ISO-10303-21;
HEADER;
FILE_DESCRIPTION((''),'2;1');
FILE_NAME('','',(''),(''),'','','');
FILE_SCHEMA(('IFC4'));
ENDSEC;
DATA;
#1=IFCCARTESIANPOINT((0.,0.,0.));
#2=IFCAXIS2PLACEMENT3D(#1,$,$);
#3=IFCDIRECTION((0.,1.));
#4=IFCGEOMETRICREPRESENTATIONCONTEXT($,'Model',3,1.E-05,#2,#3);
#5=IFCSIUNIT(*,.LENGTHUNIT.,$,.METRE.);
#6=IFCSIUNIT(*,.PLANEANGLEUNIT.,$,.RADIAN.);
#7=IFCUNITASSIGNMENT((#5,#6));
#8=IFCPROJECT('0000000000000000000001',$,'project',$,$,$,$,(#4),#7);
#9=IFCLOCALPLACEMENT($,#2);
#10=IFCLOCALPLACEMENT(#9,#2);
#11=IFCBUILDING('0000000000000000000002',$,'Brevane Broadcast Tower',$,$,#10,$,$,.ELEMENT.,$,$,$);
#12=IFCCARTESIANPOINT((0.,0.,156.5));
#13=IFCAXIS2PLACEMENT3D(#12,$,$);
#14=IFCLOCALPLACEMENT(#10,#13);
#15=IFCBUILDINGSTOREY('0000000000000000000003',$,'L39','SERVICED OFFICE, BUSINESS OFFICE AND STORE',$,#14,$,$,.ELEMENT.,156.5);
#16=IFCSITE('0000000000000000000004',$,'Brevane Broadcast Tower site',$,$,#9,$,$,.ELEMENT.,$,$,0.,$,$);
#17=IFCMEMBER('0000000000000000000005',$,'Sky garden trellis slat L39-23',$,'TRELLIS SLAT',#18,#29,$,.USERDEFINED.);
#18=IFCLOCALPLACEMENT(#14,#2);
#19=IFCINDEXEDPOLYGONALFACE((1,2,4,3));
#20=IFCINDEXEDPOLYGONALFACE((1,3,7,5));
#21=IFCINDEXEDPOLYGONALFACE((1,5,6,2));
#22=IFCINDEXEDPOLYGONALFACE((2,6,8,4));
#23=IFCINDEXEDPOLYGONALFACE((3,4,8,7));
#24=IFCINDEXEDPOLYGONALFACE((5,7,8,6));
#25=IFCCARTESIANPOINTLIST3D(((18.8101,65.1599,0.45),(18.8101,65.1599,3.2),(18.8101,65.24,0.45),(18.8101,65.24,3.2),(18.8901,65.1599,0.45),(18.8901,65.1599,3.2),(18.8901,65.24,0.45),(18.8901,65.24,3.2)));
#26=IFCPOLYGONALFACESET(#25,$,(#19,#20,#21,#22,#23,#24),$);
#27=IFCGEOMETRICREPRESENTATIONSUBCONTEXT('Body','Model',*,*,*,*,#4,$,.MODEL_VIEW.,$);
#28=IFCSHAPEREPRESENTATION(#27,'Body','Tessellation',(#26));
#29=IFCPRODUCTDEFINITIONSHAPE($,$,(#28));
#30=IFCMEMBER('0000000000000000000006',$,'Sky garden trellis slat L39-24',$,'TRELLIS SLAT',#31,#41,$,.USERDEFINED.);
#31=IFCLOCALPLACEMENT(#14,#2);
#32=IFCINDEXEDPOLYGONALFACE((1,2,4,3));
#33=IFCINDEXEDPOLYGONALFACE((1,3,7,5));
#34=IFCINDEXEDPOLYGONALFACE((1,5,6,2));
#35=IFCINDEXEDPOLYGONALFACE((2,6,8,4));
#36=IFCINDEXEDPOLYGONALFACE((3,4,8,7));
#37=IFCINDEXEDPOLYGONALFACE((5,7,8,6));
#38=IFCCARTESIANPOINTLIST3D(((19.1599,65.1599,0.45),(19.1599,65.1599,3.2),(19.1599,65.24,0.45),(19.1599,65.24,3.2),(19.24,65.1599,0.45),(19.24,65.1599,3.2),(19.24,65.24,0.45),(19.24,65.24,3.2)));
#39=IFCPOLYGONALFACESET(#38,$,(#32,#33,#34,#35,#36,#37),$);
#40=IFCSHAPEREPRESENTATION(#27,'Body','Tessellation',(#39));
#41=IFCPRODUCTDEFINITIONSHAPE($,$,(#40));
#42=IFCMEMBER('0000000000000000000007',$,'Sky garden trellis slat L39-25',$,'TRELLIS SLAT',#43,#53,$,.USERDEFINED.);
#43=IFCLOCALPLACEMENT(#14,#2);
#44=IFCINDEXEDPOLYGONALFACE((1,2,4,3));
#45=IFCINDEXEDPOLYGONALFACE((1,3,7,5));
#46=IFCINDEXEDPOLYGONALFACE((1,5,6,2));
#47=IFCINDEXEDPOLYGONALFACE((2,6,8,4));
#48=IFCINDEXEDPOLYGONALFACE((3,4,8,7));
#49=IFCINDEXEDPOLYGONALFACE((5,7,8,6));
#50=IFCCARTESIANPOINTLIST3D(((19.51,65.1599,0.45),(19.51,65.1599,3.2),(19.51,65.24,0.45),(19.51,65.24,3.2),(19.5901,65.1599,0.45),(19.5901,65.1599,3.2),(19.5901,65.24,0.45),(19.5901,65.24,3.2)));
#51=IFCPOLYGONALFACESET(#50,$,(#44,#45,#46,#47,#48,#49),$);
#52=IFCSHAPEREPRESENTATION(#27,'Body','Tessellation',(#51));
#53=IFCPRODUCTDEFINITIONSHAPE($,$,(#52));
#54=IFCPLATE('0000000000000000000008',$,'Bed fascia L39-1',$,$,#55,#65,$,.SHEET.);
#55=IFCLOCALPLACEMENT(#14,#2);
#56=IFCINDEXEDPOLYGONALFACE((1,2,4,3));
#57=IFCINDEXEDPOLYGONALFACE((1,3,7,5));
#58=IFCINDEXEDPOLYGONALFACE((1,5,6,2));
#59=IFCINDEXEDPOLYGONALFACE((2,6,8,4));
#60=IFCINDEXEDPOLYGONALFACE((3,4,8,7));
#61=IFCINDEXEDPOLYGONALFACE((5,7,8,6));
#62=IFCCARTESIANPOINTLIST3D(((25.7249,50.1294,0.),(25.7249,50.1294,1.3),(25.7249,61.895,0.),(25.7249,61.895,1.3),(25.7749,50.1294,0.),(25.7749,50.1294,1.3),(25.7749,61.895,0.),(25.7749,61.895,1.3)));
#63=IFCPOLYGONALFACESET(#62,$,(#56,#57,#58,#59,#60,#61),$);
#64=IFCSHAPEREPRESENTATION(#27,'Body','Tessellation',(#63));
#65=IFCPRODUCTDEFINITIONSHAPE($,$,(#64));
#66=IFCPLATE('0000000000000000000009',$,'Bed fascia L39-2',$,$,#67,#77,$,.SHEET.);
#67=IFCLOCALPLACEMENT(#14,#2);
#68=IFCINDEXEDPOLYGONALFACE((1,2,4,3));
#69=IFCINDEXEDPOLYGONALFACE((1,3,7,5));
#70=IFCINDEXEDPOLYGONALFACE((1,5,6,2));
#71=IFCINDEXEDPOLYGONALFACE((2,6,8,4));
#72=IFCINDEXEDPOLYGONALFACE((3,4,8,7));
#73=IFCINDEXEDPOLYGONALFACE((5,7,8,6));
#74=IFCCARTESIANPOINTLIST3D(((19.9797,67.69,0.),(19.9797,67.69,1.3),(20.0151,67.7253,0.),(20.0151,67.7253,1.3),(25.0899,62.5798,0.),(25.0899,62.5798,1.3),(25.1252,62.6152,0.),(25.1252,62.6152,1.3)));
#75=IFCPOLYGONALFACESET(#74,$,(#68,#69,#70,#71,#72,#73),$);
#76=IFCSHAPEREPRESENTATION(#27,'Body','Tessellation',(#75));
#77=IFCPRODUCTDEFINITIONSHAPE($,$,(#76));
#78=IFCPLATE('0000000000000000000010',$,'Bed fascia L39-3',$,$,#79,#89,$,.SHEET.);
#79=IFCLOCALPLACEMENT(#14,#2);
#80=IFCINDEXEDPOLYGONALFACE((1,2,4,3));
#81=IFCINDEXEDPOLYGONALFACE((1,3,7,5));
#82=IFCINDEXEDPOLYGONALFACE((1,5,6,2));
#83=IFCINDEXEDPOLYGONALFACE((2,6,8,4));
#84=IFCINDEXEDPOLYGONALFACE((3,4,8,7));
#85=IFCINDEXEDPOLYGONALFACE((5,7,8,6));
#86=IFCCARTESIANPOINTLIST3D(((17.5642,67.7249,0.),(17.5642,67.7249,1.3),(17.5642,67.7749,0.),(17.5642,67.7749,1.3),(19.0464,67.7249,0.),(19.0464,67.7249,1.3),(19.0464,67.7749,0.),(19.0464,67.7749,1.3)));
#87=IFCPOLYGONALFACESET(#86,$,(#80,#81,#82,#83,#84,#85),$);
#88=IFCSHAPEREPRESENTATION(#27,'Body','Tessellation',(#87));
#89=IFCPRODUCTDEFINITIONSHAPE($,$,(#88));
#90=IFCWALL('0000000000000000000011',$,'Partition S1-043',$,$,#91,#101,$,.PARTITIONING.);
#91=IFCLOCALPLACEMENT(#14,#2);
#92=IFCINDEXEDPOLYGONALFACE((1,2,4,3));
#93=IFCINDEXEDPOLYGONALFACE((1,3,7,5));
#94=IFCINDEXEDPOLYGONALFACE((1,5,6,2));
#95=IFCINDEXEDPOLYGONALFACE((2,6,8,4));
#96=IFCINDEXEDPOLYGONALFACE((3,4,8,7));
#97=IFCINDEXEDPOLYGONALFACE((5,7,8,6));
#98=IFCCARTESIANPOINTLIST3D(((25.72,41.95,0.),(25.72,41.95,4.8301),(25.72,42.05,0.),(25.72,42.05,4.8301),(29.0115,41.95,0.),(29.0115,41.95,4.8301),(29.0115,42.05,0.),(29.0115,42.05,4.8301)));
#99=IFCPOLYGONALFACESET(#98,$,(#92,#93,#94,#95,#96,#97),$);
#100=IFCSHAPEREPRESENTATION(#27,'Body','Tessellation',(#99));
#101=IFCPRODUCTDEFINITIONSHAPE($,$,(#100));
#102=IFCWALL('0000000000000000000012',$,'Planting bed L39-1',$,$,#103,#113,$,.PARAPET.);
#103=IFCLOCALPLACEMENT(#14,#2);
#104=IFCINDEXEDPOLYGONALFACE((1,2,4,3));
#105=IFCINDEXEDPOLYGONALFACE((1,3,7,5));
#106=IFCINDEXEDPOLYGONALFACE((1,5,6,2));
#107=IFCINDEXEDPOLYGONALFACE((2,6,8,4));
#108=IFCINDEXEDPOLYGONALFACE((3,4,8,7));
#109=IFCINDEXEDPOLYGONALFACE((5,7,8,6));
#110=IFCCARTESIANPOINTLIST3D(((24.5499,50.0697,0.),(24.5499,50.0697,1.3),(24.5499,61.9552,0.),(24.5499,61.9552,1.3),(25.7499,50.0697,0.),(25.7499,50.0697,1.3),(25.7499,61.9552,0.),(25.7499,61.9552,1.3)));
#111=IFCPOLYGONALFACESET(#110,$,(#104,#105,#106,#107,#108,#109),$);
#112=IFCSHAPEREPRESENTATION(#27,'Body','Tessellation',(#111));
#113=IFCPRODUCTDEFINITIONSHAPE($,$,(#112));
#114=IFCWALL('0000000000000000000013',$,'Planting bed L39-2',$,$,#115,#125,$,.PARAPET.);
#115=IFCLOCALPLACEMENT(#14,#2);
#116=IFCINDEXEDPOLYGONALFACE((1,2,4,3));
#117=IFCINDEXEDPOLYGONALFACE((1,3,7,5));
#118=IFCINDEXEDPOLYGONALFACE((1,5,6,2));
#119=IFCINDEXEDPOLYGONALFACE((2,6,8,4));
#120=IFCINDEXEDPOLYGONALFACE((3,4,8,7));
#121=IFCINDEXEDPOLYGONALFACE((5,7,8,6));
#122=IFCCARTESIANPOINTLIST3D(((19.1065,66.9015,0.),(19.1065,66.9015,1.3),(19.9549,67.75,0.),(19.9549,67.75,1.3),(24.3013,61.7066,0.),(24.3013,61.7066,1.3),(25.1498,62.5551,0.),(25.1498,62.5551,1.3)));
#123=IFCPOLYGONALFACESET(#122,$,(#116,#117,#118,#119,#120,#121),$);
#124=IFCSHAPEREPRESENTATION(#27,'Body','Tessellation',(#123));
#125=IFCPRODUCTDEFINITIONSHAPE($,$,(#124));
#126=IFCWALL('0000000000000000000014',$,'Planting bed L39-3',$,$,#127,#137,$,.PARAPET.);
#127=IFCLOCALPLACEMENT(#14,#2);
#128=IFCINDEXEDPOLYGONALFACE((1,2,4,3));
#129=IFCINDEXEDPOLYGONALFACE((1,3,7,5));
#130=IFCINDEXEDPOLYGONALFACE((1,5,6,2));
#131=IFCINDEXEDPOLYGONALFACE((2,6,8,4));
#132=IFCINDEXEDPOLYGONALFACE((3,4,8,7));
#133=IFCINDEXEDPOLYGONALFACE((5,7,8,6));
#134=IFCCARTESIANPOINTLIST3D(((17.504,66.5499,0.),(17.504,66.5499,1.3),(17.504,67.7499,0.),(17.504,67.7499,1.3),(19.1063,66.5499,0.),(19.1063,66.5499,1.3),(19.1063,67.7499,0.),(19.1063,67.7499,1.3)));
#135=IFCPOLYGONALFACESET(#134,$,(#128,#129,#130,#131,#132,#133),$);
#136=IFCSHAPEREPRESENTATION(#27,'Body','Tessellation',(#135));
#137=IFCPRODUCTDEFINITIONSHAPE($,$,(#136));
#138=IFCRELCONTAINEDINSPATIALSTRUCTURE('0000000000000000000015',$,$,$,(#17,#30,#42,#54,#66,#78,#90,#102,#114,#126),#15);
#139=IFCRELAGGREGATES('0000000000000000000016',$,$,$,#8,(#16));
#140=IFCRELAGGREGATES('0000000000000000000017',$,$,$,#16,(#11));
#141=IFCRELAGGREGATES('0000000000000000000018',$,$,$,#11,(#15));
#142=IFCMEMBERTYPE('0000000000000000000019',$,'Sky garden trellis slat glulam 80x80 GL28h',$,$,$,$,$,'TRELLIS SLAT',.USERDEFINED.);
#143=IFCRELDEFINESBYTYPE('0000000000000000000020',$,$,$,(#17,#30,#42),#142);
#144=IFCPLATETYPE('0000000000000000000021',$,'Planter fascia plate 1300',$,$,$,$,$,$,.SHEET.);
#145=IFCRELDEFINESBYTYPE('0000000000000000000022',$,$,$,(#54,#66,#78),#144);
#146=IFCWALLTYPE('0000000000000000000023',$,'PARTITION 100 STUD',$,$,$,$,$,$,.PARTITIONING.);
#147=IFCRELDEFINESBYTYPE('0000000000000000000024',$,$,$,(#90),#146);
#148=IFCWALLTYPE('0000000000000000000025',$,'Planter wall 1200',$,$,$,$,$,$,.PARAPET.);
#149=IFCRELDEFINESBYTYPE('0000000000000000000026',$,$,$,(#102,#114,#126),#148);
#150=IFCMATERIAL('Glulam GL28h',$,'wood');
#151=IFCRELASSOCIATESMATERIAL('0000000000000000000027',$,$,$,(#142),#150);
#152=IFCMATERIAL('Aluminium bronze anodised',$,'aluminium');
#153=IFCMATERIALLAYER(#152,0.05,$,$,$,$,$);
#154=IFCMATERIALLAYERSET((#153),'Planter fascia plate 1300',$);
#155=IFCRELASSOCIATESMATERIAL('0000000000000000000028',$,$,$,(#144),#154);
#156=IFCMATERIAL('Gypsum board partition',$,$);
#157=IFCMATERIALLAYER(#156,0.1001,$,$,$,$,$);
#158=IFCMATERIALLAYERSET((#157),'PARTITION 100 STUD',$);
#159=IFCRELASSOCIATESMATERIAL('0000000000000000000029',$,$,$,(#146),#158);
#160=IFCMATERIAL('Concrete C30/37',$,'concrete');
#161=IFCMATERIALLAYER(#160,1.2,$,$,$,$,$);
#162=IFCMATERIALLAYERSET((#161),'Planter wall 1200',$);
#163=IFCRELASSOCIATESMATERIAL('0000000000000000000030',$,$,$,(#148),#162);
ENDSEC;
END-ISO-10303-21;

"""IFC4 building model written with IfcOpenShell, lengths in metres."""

from ifc_helpers import new_model, si_unit, direction, frame, frame_2d, origin, origin_2d, place, context, subcontext, project, spatial, polyline, rectangle, outline, extrude, material, layer, layer_set, material_profile, profile_set, type_object, element, save


model = new_model("IFC4")

# Units and contexts
model_context = context("Model", 3, precision=1e-05, world=origin(), true_north=direction((0.0, 1.0)))
body_context = subcontext(model_context, "Body", "Model", "MODEL_VIEW")
ifc_project = project(units=[si_unit("LENGTHUNIT", "METRE"), si_unit("PLANEANGLEUNIT", "RADIAN")], contexts=[model_context])

# Site, building, storey
site_placement = place(None, origin())
site = spatial("IfcSite", under=ifc_project, at=site_placement, Name="Brevane Broadcast Tower site", CompositionType="ELEMENT", RefElevation=0.0)
building_placement = place(site_placement, origin())
building = spatial("IfcBuilding", under=site, at=building_placement, Name="Brevane Broadcast Tower", CompositionType="ELEMENT")
storey_placement = place(building_placement, frame((0.0, 0.0, 156.5)))
storey = spatial("IfcBuildingStorey", under=building, at=storey_placement, Name="L39", Description="SERVICED OFFICE, BUSINESS OFFICE AND STORE", CompositionType="ELEMENT", Elevation=156.5)

# Members
ifc_material_1 = material(Name="Glulam GL28h", Category="wood")
ifc_material_profile_1 = material_profile(ifc_material_1, rectangle(XDim=0.0801, YDim=0.0801, at=origin_2d()), Name="RECT 80x80")
ifc_profile_set_1 = profile_set([ifc_material_profile_1], Name="Glulam GL28h")
member_type_1 = type_object("IfcMemberType", Name="Sky garden trellis slat glulam 80x80 GL28h", ElementType="TRELLIS SLAT", PredefinedType="USERDEFINED", material=ifc_profile_set_1)
for number, where, z_axis, x_axis, name in (
    (1, (18.8501, 65.2, 0.45), (0.0, 0.0, 1.0), (1.0, 0.0, 0.0), "Sky garden trellis slat L39-23"),
    (2, (19.2, 65.2, 0.45), (0.0, 0.0, 1.0), (1.0, 0.0, 0.0), "Sky garden trellis slat L39-24"),
    (3, (19.55, 65.2, 0.45), (0.0, 0.0, 1.0), (1.0, 0.0, 0.0), "Sky garden trellis slat L39-25"),
):
    element("IfcMember", number, at=place(storey_placement, frame(where, z_axis=z_axis, x_axis=x_axis)), inside=storey, type_object=member_type_1, Name=name, ObjectType="TRELLIS SLAT", PredefinedType="USERDEFINED", context=body_context, shape_type="SweptSolid", body=[
        extrude(rectangle(XDim=0.0801, YDim=0.0801, at=origin_2d()), origin(), (0.0, 0.0, 1.0), 2.75),
    ])

# Plates
ifc_material_2 = material(Name="Aluminium bronze anodised", Category="aluminium")
ifc_layer_1 = layer(ifc_material_2, 0.05)
ifc_layer_set_1 = layer_set([ifc_layer_1], Name="Planter fascia plate 1300")
plate_type = type_object("IfcPlateType", Name="Planter fascia plate 1300", PredefinedType="SHEET", material=ifc_layer_set_1)
plate_1_placement = place(storey_placement, frame((25.7749, 50.1294, 0.0), z_axis=(1.0, 0.0, 0.0), x_axis=(0.0, 1.0, 0.0)))
element("IfcPlate", 4, at=plate_1_placement, inside=storey, type_object=plate_type, Name="Bed fascia L39-1", PredefinedType="SHEET", context=body_context, shape_type="SweptSolid", body=[
    extrude(outline(polyline([(0.0, 0.0), (11.7656, 0.0), (11.7656, 1.3), (0.0, 1.3), (0.0, 0.0)])), origin(), (0.0, 0.0, -1.0), 0.05),
])
plate_2_placement = place(storey_placement, frame((25.1252, 62.6152, 0.0), z_axis=(0.707107, 0.707107, 0.0), x_axis=(-0.707107, 0.707107, 0.0)))
element("IfcPlate", 5, at=plate_2_placement, inside=storey, type_object=plate_type, Name="Bed fascia L39-2", PredefinedType="SHEET", context=body_context, shape_type="SweptSolid", body=[
    extrude(outline(polyline([(0.0, 0.0), (7.2268, 0.0), (7.2268, 1.3), (0.0, 1.3), (0.0, 0.0)])), origin(), (0.0, 0.0, -1.0), 0.05),
])
plate_3_placement = place(storey_placement, frame((19.0464, 67.7749, 0.0), z_axis=(0.0, 1.0, 0.0), x_axis=(-1.0, 0.0, 0.0)))
element("IfcPlate", 6, at=plate_3_placement, inside=storey, type_object=plate_type, Name="Bed fascia L39-3", PredefinedType="SHEET", context=body_context, shape_type="SweptSolid", body=[
    extrude(outline(polyline([(0.0, 0.0), (1.4822, 0.0), (1.4822, 1.3), (0.0, 1.3), (0.0, 0.0)])), origin(), (0.0, 0.0, -1.0), 0.05),
])

# Walls
ifc_material_3 = material(Name="Gypsum board partition")
ifc_layer_2 = layer(ifc_material_3, 0.1001)
ifc_layer_set_2 = layer_set([ifc_layer_2], Name="PARTITION 100 STUD")
wall_type_1 = type_object("IfcWallType", Name="PARTITION 100 STUD", PredefinedType="PARTITIONING", material=ifc_layer_set_2)
wall_1_placement = place(storey_placement, frame((29.0115, 42.0, 0.0), z_axis=(0.0, 0.0, 1.0), x_axis=(-1.0, 0.0, 0.0)))
element("IfcWall", 7, at=wall_1_placement, inside=storey, type_object=wall_type_1, Name="Partition S1-043", PredefinedType="PARTITIONING", context=body_context, shape_type="SweptSolid", body=[
    extrude(rectangle(XDim=3.2915, YDim=0.1001, at=frame_2d((1.6458, 0.0))), origin(), (0.0, 0.0, 1.0), 4.8301),
])
ifc_material_4 = material(Name="Concrete C30/37", Category="concrete")
ifc_layer_3 = layer(ifc_material_4, 1.2)
ifc_layer_set_3 = layer_set([ifc_layer_3], Name="Planter wall 1200")
wall_type_2 = type_object("IfcWallType", Name="Planter wall 1200", PredefinedType="PARAPET", material=ifc_layer_set_3)
wall_2_placement = place(storey_placement, frame((25.1499, 50.0696, 0.0), z_axis=(0.0, 0.0, 1.0), x_axis=(0.0, 1.0, 0.0)))
element("IfcWall", 8, at=wall_2_placement, inside=storey, type_object=wall_type_2, Name="Planting bed L39-1", PredefinedType="PARAPET", context=body_context, shape_type="SweptSolid", body=[
    extrude(rectangle(XDim=11.8855, YDim=1.2, at=frame_2d((5.9429, 0.0))), origin(), (0.0, 0.0, 1.0), 1.3),
])
wall_3_placement = place(storey_placement, frame((24.7256, 62.1309, 0.0), z_axis=(0.0, 0.0, 1.0), x_axis=(-0.707107, 0.707107, 0.0)))
element("IfcWall", 9, at=wall_3_placement, inside=storey, type_object=wall_type_2, Name="Planting bed L39-2", PredefinedType="PARAPET", context=body_context, shape_type="SweptSolid", body=[
    extrude(rectangle(XDim=7.3467, YDim=1.2, at=frame_2d((3.6733, 0.0))), origin(), (0.0, 0.0, 1.0), 1.3),
])
wall_4_placement = place(storey_placement, frame((19.1064, 67.1499, 0.0), z_axis=(0.0, 0.0, 1.0), x_axis=(-1.0, 0.0, 0.0)))
element("IfcWall", 10, at=wall_4_placement, inside=storey, type_object=wall_type_2, Name="Planting bed L39-3", PredefinedType="PARAPET", context=body_context, shape_type="SweptSolid", body=[
    extrude(rectangle(XDim=1.6023, YDim=1.2, at=frame_2d((0.8013, 0.0))), origin(), (0.0, 0.0, 1.0), 1.3),
])

save(model, "model.ifc")
